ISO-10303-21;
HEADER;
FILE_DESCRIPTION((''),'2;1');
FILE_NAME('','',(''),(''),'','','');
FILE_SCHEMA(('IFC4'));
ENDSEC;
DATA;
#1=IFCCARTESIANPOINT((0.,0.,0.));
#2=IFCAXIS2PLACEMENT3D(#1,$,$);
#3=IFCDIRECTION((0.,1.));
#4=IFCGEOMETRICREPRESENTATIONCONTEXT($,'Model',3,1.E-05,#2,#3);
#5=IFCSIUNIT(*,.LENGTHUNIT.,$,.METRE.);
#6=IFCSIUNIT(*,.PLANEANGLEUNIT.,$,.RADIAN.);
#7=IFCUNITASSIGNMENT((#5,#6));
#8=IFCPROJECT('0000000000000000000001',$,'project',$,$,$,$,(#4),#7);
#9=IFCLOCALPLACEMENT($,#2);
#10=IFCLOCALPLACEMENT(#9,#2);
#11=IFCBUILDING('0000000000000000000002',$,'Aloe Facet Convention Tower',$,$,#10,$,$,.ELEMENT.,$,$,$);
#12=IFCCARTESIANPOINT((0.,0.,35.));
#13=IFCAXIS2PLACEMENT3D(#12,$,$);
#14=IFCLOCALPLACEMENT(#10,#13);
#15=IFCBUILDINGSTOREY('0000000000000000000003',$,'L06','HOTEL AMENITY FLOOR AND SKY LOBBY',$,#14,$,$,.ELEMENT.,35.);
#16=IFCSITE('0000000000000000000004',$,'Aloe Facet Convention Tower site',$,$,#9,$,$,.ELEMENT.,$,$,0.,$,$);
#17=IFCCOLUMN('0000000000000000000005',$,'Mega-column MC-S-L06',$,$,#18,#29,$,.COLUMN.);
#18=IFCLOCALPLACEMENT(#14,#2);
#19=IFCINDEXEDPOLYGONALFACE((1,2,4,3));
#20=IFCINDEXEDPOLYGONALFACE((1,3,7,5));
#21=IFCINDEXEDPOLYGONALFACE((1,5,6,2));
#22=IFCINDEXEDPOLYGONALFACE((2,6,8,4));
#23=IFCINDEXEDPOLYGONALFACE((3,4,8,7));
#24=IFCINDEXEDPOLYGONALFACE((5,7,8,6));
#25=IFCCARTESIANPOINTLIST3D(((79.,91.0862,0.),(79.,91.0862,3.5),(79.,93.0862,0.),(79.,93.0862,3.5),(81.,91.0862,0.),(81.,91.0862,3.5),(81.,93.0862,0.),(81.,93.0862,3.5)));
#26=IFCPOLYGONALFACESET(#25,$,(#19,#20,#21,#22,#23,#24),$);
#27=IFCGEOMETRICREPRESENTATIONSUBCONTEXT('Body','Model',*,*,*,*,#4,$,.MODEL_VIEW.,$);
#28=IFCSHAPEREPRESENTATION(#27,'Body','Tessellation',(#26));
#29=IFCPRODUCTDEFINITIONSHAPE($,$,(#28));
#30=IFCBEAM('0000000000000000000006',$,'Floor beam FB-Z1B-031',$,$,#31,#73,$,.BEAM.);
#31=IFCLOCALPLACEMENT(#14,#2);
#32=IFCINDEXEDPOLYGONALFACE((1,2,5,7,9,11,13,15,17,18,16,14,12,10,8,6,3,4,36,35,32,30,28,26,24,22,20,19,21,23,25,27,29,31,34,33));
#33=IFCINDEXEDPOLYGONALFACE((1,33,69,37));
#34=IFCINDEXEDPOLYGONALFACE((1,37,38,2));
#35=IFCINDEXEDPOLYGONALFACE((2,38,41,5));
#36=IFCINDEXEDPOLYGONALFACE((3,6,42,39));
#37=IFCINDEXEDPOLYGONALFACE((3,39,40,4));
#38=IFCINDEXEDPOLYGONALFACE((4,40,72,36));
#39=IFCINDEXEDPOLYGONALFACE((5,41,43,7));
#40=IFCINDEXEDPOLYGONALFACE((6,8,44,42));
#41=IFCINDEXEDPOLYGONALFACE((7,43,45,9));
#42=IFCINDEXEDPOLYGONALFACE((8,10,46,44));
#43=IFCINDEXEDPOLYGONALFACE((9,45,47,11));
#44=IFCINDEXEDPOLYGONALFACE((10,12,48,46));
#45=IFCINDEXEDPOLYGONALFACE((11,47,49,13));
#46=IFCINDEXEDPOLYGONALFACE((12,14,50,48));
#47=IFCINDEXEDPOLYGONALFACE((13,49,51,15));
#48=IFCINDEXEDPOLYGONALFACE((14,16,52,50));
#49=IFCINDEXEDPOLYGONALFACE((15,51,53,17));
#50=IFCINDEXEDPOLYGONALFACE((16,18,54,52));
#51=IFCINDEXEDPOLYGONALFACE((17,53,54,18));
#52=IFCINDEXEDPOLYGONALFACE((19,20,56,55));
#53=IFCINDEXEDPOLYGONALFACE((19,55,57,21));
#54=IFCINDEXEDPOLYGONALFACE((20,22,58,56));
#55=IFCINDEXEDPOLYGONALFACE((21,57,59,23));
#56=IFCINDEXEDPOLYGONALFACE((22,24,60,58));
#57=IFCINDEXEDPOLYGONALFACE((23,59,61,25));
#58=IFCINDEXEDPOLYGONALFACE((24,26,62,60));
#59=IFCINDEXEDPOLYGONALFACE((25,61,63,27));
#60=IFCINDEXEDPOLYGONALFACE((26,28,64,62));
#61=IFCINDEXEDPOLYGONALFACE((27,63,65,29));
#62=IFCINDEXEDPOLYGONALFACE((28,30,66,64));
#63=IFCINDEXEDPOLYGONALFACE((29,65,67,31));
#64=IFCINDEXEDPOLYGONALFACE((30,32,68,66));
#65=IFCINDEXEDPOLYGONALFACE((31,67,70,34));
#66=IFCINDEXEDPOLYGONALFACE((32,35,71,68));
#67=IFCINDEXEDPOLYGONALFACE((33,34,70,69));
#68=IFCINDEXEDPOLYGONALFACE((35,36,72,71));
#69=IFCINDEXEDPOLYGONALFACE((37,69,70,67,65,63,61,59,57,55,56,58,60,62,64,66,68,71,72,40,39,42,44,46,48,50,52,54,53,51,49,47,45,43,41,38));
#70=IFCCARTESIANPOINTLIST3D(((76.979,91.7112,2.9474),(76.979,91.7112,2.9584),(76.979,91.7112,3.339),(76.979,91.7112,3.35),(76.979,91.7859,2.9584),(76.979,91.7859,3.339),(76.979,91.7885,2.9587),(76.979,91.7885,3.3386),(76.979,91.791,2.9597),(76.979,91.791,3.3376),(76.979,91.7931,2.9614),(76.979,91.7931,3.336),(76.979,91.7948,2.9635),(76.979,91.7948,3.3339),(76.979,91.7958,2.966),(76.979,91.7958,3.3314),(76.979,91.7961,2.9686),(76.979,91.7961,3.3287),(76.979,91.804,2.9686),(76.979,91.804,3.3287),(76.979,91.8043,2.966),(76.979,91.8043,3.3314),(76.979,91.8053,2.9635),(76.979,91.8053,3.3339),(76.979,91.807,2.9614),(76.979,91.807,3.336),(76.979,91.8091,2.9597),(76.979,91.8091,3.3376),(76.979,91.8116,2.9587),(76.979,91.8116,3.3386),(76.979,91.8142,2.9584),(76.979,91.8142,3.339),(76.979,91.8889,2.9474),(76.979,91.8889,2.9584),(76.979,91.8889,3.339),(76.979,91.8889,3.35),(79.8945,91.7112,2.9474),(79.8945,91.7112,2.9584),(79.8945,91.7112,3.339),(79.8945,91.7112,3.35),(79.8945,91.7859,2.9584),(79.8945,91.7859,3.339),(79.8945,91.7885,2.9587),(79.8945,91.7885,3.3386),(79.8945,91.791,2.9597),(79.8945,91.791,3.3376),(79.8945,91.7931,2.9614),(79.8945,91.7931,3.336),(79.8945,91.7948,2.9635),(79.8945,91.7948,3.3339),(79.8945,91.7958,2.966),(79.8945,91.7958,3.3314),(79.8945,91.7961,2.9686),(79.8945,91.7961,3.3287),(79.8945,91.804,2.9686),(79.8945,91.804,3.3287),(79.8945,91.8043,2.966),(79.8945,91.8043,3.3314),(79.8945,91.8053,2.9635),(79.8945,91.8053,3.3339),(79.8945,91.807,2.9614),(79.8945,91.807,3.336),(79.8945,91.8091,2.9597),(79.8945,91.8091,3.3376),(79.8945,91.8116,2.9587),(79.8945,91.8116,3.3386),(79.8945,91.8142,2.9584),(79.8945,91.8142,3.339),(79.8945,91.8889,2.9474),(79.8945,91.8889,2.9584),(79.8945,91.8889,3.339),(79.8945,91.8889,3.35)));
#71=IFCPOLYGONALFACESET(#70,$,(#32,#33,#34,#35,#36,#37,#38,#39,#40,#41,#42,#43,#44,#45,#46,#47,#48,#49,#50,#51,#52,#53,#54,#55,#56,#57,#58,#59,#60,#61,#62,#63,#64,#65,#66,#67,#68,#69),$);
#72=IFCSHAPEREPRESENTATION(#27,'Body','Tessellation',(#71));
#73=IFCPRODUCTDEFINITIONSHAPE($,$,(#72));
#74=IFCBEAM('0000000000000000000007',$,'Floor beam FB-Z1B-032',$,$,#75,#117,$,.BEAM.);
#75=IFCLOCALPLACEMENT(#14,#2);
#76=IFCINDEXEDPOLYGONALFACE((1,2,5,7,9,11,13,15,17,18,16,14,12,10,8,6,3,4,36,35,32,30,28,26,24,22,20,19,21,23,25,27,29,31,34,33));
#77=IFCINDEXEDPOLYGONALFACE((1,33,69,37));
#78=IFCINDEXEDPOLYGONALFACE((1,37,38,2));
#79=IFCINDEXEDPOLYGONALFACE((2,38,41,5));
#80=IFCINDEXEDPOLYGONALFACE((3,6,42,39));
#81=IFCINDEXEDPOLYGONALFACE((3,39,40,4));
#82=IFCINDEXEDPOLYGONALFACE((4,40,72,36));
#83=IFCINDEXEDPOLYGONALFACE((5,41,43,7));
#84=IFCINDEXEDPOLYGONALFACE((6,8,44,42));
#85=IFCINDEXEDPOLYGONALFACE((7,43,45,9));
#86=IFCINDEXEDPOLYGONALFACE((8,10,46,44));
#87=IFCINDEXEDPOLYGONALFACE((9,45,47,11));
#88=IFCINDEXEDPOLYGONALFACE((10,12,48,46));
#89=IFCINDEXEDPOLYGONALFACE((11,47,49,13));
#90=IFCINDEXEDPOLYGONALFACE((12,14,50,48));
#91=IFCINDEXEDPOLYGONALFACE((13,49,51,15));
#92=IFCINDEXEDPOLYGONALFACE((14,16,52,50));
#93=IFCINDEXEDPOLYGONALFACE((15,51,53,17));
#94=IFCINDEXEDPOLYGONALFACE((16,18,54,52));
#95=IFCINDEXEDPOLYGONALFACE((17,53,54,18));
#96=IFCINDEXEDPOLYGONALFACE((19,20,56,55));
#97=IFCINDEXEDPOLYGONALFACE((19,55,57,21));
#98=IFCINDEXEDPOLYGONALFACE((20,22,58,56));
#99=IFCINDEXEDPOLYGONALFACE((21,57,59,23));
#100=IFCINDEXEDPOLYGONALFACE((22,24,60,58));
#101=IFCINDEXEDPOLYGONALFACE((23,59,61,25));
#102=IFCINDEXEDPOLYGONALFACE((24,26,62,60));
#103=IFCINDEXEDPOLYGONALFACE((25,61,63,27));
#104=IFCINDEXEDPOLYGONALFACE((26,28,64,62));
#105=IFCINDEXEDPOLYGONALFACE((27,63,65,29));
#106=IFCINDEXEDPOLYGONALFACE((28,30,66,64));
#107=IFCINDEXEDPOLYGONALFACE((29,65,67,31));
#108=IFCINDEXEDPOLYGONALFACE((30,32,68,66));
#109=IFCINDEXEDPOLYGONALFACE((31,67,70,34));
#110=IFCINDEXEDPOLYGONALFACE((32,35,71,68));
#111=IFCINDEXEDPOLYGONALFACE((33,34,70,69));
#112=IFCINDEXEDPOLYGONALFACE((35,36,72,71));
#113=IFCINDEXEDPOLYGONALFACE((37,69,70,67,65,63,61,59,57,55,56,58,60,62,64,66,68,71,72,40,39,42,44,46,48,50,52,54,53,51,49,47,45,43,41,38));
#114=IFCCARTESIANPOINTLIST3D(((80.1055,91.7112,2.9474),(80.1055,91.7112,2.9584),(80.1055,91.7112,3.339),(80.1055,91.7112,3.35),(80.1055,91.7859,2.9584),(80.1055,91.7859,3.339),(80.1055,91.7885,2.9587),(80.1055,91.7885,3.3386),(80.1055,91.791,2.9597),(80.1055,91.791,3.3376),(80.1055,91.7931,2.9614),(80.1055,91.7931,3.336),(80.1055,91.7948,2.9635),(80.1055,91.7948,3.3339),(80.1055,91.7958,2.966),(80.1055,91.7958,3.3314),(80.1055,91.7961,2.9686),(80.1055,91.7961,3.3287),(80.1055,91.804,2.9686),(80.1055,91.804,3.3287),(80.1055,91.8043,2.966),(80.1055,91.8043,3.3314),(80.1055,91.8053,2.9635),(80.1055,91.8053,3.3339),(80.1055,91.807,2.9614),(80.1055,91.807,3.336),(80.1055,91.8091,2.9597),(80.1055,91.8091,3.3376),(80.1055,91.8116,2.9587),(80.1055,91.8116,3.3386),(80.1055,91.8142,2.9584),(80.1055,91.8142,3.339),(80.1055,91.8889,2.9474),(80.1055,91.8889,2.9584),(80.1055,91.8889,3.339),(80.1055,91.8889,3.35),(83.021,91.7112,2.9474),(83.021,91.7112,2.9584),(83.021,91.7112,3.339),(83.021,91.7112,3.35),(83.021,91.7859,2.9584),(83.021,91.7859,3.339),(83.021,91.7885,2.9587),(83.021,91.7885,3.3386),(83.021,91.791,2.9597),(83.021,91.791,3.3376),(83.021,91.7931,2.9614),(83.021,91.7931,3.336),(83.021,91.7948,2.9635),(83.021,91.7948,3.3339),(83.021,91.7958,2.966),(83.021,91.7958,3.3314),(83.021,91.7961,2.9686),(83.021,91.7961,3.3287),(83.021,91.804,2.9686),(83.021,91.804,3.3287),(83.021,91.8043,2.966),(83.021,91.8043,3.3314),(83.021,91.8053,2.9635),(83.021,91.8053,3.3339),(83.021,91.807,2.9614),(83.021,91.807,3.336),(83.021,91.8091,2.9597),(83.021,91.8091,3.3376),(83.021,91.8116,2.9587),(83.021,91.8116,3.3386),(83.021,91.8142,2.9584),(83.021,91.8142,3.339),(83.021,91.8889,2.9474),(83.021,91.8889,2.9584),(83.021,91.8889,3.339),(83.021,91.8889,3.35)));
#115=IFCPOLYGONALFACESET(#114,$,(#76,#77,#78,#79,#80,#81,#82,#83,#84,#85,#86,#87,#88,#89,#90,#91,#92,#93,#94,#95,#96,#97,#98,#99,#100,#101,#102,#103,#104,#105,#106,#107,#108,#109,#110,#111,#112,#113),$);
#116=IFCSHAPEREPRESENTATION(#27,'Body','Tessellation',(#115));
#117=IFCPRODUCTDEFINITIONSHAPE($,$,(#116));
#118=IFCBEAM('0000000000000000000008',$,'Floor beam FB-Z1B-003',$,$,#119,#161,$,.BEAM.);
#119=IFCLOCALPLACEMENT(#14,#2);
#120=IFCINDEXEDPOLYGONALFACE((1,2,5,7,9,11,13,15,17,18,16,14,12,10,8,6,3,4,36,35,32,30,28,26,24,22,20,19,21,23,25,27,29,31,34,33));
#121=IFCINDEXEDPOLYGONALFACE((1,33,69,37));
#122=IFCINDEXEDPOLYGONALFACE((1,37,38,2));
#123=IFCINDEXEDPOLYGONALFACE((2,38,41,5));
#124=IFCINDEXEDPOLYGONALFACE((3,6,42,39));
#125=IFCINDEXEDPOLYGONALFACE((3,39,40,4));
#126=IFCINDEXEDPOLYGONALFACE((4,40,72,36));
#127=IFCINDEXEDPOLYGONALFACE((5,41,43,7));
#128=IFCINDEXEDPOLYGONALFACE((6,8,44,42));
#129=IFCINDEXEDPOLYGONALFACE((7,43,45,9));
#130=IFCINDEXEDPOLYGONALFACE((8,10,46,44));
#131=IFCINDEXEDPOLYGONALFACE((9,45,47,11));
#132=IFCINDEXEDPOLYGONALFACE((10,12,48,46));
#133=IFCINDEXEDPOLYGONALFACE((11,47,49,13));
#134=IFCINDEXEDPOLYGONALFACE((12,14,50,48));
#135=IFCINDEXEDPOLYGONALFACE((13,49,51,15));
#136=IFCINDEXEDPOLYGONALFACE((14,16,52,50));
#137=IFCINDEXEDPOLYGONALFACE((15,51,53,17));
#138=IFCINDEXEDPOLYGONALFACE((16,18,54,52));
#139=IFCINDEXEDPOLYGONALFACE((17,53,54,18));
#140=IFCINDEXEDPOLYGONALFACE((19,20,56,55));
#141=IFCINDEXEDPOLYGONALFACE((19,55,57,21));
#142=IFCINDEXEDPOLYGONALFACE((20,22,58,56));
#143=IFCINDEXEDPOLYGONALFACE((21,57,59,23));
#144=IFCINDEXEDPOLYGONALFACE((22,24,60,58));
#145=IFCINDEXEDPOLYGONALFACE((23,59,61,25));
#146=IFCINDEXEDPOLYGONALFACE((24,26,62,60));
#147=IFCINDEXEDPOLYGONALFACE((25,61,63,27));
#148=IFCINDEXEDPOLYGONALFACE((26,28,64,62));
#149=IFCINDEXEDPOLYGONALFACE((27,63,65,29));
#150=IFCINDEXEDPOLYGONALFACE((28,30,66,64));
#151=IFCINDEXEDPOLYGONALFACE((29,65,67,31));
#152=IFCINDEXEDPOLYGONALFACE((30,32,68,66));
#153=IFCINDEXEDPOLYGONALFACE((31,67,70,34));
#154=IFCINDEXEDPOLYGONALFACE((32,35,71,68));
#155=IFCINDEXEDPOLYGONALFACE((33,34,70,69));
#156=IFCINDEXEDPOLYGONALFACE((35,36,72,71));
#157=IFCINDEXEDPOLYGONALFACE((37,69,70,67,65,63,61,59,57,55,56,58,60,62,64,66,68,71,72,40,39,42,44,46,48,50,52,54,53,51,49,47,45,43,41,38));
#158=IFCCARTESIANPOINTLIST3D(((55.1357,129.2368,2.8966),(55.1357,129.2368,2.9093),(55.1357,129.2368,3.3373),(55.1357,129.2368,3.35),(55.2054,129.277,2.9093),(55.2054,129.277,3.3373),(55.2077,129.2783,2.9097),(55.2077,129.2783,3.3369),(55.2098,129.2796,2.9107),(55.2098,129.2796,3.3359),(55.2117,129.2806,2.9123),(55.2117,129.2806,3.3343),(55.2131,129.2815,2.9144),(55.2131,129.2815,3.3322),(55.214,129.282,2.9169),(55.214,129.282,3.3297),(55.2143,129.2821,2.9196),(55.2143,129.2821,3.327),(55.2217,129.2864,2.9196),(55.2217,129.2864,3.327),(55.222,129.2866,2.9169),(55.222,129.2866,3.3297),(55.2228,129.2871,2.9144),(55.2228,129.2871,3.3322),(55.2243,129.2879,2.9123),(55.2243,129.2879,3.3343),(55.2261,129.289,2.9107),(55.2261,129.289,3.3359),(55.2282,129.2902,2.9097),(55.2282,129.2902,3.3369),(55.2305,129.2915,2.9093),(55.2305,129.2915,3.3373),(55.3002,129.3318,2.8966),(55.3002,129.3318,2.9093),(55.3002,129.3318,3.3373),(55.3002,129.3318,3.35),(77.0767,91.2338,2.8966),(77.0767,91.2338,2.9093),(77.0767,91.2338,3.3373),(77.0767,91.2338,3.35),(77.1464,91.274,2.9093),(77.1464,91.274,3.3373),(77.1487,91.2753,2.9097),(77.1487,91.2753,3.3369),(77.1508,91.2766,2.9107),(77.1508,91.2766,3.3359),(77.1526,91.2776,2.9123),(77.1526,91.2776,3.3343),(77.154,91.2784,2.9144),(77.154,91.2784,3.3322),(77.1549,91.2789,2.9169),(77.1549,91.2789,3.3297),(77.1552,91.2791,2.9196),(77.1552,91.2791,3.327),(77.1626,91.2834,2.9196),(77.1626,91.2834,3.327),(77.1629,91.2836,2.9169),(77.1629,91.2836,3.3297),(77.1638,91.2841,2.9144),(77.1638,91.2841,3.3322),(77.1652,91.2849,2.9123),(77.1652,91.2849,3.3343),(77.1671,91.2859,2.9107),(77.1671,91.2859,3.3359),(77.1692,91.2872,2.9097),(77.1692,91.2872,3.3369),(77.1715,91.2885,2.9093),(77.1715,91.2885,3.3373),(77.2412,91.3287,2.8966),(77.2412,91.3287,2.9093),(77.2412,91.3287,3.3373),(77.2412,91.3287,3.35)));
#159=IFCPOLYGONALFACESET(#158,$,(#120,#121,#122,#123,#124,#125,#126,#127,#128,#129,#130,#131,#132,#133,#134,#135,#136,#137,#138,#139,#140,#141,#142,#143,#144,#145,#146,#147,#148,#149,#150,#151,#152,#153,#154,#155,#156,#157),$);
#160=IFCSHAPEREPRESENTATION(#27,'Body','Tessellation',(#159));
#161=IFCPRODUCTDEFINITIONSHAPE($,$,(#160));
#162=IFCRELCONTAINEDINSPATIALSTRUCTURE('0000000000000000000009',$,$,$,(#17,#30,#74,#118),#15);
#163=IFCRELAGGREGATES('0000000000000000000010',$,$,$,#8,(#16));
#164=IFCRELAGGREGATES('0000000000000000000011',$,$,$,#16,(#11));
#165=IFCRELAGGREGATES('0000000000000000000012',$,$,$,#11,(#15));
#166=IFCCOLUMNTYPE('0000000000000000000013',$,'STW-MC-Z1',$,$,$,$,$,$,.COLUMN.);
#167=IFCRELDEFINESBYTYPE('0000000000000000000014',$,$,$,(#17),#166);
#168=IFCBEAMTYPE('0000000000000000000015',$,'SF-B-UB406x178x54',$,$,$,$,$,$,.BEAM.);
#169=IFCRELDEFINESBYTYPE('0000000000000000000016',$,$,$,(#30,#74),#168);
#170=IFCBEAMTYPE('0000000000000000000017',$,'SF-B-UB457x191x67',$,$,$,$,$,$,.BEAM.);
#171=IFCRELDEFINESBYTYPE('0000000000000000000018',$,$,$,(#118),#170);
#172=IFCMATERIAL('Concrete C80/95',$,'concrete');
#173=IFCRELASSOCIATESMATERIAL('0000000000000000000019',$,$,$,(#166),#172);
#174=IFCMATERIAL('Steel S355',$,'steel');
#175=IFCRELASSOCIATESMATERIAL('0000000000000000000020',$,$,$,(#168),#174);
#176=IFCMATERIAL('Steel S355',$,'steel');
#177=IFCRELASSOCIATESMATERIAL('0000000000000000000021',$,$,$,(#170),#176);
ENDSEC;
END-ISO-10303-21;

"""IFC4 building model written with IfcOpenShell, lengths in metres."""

from ifc_helpers import new_model, si_unit, direction, frame, origin, origin_2d, place, context, subcontext, project, spatial, rectangle, i_section, extrude, material, material_profile, profile_set, type_object, element, save


model = new_model("IFC4")

# Units and contexts
model_context = context("Model", 3, precision=1e-05, world=origin(), true_north=direction((0.0, 1.0)))
body_context = subcontext(model_context, "Body", "Model", "MODEL_VIEW")
ifc_project = project(units=[si_unit("LENGTHUNIT", "METRE"), si_unit("PLANEANGLEUNIT", "RADIAN")], contexts=[model_context])

# Site, building, storey
site_placement = place(None, origin())
site = spatial("IfcSite", under=ifc_project, at=site_placement, Name="Aloe Facet Convention Tower site", CompositionType="ELEMENT", RefElevation=0.0)
building_placement = place(site_placement, origin())
building = spatial("IfcBuilding", under=site, at=building_placement, Name="Aloe Facet Convention Tower", CompositionType="ELEMENT")
storey_placement = place(building_placement, frame((0.0, 0.0, 35.0)))
storey = spatial("IfcBuildingStorey", under=building, at=storey_placement, Name="L06", Description="HOTEL AMENITY FLOOR AND SKY LOBBY", CompositionType="ELEMENT", Elevation=35.0)

# Column
ifc_material_1 = material(Name="Concrete C80/95", Category="concrete")
ifc_material_profile_1 = material_profile(ifc_material_1, rectangle(XDim=2.0, YDim=2.0, at=origin_2d()), Name="STW-MC-Z1")
ifc_profile_set_1 = profile_set([ifc_material_profile_1], Name="Concrete C80/95")
column_type = type_object("IfcColumnType", Name="STW-MC-Z1", PredefinedType="COLUMN", material=ifc_profile_set_1)
column_placement = place(storey_placement, frame((80.0, 92.0862, 0.0), z_axis=(0.0, 0.0, 1.0), x_axis=(1.0, 0.0, 0.0)))
element("IfcColumn", 1, at=column_placement, inside=storey, type_object=column_type, Name="Mega-column MC-S-L06", PredefinedType="COLUMN", context=body_context, shape_type="SweptSolid", body=[
    extrude(rectangle(XDim=2.0, YDim=2.0, at=origin_2d()), origin(), (0.0, 0.0, 1.0), 3.5),
])

# Beams
ifc_material_2 = material(Name="Steel S355", Category="steel")
ifc_material_profile_2 = material_profile(ifc_material_2, i_section(OverallWidth=0.1777, OverallDepth=0.4026, WebThickness=0.0078, FlangeThickness=0.011, FilletRadius=0.0103, at=origin_2d()), Name="UB 406x178x54")
ifc_profile_set_2 = profile_set([ifc_material_profile_2], Name="Steel S355")
beam_type_1 = type_object("IfcBeamType", Name="SF-B-UB406x178x54", PredefinedType="BEAM", material=ifc_profile_set_2)
for number, where, z_axis, x_axis, name in (
    (2, (76.979, 91.8, 3.1487), (1.0, 0.0, 0.0), (0.0, 1.0, 0.0), "Floor beam FB-Z1B-031"),
    (3, (80.1055, 91.8, 3.1487), (1.0, 0.0, 0.0), (0.0, 1.0, 0.0), "Floor beam FB-Z1B-032"),
):
    element("IfcBeam", number, at=place(storey_placement, frame(where, z_axis=z_axis, x_axis=x_axis)), inside=storey, type_object=beam_type_1, Name=name, PredefinedType="BEAM", context=body_context, shape_type="SweptSolid", body=[
        extrude(i_section(OverallWidth=0.1777, OverallDepth=0.4026, WebThickness=0.0078, FlangeThickness=0.011, FilletRadius=0.0103, at=origin_2d()), origin(), (0.0, 0.0, 1.0), 2.9155),
    ])
ifc_material_3 = material(Name="Steel S355", Category="steel")
ifc_material_profile_3 = material_profile(ifc_material_3, i_section(OverallWidth=0.1899, OverallDepth=0.4534, WebThickness=0.0085, FlangeThickness=0.0127, FilletRadius=0.0103, at=origin_2d()), Name="UB 457x191x67")
ifc_profile_set_3 = profile_set([ifc_material_profile_3], Name="Steel S355")
beam_type_2 = type_object("IfcBeamType", Name="SF-B-UB457x191x67", PredefinedType="BEAM", material=ifc_profile_set_3)
beam_placement = place(storey_placement, frame((77.1589, 91.2812, 3.1233), z_axis=(-0.499999, 0.866026, 0.0), x_axis=(-0.866026, -0.499999, 0.0)))
element("IfcBeam", 4, at=beam_placement, inside=storey, type_object=beam_type_2, Name="Floor beam FB-Z1B-003", PredefinedType="BEAM", context=body_context, shape_type="SweptSolid", body=[
    extrude(i_section(OverallWidth=0.1899, OverallDepth=0.4534, WebThickness=0.0085, FlangeThickness=0.0127, FilletRadius=0.0103, at=origin_2d()), origin(), (0.0, 0.0, 1.0), 43.8821),
])

save(model, "model.ifc")
